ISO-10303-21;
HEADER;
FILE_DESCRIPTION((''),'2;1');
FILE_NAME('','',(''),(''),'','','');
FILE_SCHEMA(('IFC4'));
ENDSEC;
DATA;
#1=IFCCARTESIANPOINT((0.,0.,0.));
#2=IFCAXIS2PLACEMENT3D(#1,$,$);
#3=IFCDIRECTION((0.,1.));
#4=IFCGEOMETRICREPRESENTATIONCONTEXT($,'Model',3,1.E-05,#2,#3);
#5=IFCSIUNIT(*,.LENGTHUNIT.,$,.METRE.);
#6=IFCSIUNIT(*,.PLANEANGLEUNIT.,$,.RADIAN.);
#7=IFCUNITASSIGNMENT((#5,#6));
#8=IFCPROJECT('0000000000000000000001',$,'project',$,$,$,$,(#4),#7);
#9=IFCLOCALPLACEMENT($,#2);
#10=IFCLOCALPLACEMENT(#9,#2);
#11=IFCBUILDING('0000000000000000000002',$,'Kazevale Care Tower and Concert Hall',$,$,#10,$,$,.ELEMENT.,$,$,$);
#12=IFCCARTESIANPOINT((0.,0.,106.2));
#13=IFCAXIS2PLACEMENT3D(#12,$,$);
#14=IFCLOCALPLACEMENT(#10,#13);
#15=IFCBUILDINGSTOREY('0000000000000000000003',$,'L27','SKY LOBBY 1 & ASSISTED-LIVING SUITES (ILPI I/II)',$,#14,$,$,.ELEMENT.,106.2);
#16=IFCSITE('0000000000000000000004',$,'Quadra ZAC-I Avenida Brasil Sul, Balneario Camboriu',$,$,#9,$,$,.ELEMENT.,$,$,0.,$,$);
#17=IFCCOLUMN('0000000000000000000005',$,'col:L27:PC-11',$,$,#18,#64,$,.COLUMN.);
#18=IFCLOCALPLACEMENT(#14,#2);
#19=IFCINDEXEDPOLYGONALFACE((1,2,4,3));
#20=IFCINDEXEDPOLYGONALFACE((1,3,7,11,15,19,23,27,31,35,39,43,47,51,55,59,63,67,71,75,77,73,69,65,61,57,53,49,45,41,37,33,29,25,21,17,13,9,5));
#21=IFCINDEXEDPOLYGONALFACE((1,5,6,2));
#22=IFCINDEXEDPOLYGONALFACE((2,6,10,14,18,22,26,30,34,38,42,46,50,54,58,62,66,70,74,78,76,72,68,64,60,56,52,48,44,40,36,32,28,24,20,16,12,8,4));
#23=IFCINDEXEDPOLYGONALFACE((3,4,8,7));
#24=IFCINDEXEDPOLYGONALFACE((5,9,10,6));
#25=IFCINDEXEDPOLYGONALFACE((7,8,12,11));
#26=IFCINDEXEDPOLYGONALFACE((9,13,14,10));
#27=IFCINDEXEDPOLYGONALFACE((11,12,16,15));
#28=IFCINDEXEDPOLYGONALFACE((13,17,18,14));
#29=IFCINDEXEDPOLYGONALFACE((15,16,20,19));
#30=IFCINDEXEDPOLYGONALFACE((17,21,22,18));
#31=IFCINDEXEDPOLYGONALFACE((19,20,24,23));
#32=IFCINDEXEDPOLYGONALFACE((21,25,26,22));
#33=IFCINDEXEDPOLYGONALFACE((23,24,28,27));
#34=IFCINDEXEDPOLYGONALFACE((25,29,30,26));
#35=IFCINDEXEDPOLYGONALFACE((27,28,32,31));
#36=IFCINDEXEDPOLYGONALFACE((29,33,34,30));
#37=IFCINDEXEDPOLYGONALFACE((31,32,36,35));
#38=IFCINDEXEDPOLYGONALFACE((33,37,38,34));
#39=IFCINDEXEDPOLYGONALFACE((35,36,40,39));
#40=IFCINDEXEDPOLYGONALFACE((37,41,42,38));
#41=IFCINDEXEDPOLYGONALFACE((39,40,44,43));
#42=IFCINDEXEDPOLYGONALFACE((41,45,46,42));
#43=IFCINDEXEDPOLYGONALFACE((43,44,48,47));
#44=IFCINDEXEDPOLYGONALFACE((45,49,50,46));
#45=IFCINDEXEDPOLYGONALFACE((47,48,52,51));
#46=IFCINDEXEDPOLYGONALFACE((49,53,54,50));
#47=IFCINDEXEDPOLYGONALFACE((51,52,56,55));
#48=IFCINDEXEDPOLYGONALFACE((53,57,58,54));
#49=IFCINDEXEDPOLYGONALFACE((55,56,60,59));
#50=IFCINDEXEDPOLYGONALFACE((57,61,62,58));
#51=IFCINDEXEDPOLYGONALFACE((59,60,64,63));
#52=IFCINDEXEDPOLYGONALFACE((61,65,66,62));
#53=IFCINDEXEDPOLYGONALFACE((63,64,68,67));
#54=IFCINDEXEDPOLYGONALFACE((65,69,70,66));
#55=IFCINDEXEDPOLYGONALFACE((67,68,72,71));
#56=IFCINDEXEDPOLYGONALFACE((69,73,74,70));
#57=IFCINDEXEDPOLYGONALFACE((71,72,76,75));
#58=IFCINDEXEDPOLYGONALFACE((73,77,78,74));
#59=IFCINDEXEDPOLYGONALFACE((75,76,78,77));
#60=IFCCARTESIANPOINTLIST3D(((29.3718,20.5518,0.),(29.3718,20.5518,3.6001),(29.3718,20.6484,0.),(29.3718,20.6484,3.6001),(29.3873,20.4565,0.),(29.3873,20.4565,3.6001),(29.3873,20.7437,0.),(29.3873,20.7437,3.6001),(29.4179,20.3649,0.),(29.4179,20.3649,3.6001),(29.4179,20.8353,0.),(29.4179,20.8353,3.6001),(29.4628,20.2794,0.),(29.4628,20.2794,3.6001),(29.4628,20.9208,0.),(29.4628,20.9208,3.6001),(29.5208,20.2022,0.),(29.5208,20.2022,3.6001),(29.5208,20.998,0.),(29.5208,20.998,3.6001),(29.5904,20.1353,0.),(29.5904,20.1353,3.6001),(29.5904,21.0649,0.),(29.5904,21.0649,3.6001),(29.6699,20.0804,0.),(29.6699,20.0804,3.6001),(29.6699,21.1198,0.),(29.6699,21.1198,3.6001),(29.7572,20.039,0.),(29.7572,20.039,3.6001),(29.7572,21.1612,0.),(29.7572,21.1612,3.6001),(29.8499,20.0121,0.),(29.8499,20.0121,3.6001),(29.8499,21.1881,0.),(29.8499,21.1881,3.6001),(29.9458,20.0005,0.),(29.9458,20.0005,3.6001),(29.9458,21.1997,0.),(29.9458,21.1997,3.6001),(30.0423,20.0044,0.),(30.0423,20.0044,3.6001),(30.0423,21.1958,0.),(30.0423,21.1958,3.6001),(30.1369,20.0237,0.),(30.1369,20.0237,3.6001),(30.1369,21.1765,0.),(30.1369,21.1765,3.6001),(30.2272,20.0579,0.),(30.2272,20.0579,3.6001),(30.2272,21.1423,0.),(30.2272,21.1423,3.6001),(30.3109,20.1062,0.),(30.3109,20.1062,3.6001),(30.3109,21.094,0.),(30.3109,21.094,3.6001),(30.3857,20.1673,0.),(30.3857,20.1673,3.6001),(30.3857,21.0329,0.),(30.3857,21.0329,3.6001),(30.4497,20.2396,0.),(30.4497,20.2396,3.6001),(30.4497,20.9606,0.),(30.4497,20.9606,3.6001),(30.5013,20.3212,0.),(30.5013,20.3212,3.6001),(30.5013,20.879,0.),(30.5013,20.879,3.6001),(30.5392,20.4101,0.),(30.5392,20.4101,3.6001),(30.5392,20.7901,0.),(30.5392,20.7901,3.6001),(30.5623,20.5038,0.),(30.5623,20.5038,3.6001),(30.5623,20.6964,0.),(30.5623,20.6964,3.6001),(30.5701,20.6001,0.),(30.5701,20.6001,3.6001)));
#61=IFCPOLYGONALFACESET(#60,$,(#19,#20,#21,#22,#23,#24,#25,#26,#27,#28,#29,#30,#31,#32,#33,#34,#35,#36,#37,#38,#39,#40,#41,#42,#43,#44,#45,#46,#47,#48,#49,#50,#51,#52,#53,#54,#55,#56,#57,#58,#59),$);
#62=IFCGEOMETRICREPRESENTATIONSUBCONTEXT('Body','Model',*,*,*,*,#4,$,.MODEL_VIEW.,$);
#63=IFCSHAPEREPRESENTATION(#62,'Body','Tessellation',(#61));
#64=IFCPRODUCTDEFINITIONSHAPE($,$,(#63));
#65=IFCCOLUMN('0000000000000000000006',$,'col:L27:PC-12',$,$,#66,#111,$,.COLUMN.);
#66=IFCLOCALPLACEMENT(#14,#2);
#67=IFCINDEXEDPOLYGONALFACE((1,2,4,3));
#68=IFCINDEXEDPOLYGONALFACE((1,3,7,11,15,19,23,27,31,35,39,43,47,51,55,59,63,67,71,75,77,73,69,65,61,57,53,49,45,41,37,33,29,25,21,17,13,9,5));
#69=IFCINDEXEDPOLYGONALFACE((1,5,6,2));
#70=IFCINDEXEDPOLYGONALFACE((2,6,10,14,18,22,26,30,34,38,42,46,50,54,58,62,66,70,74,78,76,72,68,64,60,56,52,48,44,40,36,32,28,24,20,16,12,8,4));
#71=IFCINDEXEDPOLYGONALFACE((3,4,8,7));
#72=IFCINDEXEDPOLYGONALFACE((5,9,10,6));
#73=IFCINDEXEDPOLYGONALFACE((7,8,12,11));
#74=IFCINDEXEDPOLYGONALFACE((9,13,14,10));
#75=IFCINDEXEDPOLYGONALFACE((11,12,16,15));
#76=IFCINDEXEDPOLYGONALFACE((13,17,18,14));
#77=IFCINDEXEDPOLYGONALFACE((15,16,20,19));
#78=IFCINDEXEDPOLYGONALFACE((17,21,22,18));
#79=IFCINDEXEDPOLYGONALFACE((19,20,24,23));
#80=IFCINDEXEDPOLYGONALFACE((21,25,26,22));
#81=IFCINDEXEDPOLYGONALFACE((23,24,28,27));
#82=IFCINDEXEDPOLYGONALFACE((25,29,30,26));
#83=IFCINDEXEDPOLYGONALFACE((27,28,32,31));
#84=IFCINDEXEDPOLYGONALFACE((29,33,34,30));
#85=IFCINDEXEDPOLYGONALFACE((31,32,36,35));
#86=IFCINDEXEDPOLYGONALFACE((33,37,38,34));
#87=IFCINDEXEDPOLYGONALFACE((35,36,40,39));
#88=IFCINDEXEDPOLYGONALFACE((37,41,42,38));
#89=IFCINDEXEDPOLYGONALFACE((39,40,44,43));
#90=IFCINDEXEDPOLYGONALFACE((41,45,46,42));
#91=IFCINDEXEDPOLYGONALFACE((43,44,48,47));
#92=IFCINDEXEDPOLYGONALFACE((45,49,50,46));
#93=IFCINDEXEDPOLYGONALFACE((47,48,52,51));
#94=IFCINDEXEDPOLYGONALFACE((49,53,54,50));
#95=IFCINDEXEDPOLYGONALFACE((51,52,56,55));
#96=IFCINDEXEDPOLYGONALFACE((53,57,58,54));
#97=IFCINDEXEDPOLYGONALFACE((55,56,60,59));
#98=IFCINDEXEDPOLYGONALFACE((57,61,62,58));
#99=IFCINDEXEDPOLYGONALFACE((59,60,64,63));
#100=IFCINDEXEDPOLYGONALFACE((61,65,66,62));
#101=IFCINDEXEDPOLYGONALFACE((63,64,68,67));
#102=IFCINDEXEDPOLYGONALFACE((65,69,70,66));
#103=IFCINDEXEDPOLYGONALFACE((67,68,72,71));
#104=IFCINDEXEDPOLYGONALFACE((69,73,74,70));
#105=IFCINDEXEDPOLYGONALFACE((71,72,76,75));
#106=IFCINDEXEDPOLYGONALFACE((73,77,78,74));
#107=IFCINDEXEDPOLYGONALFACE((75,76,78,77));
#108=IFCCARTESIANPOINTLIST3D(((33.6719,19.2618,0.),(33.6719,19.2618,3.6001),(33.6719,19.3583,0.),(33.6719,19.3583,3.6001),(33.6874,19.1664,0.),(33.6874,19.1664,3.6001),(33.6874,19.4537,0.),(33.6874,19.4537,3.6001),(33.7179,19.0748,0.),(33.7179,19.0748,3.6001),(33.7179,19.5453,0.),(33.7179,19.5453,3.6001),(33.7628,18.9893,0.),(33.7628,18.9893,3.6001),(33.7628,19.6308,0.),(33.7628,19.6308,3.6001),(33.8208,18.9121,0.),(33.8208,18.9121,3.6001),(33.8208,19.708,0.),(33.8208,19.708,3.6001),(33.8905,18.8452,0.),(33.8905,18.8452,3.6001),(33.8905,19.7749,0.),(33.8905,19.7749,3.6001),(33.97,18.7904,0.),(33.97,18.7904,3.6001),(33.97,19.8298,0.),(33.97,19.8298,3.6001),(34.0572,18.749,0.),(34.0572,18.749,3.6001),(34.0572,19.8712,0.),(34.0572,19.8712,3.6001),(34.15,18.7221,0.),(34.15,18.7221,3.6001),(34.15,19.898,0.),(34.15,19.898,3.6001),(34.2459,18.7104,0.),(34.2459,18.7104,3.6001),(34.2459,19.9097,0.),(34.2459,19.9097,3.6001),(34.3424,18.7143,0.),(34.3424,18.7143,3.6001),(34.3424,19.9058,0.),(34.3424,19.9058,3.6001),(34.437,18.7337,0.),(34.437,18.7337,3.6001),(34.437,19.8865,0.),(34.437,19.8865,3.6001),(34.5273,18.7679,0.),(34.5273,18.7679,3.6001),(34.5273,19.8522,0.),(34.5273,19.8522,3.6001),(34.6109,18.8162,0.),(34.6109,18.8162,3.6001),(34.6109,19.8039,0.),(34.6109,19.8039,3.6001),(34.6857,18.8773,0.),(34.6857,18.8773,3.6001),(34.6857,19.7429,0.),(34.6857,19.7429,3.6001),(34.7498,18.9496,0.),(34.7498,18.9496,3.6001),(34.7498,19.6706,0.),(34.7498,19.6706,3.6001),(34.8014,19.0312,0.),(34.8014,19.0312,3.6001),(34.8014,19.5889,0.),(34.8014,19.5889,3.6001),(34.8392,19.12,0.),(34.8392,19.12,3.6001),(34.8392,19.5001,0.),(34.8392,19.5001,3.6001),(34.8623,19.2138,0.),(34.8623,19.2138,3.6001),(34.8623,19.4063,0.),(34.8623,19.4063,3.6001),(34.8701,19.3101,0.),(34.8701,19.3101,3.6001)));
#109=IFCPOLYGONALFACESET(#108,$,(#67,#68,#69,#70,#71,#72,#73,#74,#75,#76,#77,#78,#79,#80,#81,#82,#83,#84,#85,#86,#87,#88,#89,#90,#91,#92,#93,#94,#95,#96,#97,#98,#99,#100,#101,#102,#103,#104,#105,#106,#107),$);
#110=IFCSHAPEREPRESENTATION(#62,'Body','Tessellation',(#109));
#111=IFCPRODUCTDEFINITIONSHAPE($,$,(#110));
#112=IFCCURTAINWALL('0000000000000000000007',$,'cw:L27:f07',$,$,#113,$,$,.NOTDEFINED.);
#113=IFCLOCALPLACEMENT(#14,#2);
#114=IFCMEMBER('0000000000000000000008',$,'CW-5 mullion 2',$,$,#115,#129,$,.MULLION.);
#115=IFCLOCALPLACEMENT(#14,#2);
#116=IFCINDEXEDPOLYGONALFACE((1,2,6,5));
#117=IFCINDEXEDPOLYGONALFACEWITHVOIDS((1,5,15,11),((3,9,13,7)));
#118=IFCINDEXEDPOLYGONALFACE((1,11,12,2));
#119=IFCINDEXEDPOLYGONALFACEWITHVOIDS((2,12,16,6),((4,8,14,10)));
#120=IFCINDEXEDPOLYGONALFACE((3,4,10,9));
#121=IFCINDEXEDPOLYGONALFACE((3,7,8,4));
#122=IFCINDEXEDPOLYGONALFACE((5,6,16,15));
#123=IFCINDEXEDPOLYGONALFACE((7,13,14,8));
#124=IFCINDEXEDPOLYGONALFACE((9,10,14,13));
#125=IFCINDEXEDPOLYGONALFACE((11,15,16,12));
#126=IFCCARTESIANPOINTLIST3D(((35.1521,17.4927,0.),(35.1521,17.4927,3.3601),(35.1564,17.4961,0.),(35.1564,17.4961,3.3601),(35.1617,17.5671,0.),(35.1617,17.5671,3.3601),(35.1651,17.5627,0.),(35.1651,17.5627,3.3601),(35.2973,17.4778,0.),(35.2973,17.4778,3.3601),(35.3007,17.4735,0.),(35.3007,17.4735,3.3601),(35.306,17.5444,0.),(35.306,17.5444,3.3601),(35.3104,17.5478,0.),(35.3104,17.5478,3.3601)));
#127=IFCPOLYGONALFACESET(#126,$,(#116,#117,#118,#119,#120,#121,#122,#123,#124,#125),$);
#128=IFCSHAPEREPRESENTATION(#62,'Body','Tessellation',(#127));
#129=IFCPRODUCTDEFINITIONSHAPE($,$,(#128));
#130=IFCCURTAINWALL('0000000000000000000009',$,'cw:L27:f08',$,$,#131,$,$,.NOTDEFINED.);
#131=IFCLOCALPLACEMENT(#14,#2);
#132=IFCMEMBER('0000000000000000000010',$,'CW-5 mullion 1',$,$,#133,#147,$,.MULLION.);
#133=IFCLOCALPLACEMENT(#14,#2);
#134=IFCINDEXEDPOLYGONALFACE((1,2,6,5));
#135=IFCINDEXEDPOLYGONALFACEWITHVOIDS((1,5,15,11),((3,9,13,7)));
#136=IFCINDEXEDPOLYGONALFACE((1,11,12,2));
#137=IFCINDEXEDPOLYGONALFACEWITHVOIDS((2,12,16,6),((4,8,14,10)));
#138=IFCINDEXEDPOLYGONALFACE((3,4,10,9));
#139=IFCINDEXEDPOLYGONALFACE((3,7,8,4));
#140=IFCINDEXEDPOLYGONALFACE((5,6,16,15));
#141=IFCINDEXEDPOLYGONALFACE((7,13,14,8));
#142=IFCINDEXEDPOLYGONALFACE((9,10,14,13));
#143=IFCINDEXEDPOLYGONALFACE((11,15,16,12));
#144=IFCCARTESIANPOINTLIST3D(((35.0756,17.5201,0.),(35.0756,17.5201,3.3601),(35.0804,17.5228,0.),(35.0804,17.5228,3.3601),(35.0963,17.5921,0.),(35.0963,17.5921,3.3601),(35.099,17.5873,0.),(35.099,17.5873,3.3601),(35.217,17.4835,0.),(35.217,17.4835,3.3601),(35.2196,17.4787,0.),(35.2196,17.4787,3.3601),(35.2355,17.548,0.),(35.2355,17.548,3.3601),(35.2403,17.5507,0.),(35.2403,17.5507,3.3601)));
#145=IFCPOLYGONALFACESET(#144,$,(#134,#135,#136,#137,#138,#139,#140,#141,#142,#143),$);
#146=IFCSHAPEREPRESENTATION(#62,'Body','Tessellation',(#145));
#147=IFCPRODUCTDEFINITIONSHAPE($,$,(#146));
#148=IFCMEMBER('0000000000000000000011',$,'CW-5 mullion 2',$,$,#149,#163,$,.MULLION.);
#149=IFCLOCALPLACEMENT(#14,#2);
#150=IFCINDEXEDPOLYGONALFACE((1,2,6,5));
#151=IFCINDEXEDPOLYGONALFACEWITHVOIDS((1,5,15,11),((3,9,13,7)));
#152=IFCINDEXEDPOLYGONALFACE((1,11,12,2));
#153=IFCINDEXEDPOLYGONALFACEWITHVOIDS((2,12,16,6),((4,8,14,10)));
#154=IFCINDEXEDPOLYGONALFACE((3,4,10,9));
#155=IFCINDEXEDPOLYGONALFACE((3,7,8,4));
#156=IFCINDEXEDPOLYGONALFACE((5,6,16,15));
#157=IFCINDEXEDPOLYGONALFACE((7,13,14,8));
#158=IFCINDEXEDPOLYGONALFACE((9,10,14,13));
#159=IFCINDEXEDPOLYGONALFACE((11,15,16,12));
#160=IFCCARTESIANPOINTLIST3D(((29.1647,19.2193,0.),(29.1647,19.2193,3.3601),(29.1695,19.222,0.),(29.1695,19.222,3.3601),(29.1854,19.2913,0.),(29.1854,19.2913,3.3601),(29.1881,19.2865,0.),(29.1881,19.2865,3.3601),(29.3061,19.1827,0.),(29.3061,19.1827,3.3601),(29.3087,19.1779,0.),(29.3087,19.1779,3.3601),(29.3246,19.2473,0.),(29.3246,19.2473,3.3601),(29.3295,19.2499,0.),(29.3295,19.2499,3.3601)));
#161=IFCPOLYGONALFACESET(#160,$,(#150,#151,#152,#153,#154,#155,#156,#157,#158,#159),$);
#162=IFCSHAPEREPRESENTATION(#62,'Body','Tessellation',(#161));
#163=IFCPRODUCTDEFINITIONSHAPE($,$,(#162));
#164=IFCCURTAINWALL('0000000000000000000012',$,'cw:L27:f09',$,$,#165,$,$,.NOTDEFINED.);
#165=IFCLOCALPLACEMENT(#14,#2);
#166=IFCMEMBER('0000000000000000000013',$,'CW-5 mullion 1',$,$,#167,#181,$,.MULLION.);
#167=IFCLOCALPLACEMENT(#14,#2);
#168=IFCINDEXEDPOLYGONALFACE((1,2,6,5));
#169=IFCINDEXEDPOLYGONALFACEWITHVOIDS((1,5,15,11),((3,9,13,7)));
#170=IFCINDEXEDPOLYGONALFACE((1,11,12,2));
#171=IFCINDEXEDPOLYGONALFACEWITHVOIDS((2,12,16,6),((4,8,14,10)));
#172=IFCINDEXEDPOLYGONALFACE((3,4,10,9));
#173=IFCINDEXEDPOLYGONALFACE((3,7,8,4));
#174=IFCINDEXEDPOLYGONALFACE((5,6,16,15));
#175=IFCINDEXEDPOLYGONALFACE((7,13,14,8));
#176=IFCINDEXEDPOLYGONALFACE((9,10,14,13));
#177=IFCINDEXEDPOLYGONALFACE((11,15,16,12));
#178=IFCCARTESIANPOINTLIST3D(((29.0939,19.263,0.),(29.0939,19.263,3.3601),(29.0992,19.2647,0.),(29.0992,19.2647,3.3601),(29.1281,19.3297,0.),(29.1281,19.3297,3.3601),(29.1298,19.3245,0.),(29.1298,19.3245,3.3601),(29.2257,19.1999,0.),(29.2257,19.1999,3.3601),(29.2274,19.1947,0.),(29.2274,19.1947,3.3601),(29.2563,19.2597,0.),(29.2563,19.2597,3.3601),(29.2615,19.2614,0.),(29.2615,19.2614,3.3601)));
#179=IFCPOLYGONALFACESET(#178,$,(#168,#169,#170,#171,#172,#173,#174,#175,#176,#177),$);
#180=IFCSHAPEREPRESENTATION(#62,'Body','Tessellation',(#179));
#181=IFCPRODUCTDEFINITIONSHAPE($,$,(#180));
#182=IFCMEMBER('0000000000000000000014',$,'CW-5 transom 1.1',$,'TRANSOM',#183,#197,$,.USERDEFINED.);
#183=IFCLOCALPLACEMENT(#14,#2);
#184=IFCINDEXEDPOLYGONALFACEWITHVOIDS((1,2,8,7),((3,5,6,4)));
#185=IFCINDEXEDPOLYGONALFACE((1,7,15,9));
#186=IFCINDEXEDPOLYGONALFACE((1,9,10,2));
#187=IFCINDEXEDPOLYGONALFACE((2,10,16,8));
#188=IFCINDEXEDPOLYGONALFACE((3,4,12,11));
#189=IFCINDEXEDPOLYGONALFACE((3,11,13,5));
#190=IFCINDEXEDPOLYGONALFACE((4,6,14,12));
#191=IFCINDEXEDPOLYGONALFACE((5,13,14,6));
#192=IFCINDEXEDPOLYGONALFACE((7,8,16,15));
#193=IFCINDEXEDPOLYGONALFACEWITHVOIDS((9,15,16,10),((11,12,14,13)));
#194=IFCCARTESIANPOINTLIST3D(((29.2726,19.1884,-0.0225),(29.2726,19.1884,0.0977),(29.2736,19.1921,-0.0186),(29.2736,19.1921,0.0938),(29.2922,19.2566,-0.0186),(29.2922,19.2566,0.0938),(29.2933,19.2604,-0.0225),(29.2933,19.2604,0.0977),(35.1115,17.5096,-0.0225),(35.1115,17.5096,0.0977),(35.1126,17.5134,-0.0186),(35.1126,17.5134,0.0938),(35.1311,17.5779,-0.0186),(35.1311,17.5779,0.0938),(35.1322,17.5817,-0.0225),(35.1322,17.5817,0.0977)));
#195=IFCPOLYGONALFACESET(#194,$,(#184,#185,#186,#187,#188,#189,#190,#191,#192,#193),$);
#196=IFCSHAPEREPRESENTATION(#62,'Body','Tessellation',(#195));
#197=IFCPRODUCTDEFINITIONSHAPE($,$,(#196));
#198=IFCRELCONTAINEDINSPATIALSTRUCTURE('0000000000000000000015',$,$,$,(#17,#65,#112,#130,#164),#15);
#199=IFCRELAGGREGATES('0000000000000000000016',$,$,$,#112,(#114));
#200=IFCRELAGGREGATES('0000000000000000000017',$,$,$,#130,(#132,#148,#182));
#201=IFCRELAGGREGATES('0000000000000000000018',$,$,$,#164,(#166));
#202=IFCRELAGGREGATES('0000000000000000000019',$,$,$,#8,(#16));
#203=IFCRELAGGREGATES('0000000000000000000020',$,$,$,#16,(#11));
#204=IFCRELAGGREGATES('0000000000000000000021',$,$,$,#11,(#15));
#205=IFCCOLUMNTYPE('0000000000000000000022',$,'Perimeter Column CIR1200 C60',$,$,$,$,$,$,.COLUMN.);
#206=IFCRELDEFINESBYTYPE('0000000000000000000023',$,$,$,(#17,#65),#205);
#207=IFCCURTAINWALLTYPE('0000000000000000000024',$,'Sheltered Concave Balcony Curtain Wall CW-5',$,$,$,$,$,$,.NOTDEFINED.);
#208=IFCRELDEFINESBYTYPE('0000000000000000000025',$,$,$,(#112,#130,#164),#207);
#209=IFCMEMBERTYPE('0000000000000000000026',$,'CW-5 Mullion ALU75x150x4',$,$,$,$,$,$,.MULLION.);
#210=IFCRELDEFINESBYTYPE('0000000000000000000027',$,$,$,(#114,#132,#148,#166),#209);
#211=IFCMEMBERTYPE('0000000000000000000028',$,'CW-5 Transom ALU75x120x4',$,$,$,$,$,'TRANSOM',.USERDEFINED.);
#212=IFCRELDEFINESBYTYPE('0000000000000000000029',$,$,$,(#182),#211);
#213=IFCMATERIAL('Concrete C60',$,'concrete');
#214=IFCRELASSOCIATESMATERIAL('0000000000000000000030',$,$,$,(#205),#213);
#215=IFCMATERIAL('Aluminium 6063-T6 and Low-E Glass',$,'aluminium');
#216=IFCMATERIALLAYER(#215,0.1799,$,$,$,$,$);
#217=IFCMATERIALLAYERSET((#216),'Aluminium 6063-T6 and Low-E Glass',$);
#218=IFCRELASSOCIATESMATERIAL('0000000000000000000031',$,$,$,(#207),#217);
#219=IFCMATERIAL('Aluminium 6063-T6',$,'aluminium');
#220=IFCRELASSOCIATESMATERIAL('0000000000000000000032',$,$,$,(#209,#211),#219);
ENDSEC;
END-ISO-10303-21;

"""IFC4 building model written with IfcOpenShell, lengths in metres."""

from ifc_helpers import new_model, si_unit, direction, frame, origin, origin_2d, place, context, subcontext, project, spatial, hollow_rectangle, circle, extrude, material, layer, layer_set, material_profile, profile_set, type_object, element, aggregate, save


model = new_model("IFC4")

# Units and contexts
model_context = context("Model", 3, precision=1e-05, world=origin(), true_north=direction((0.0, 1.0)))
body_context = subcontext(model_context, "Body", "Model", "MODEL_VIEW")
ifc_project = project(units=[si_unit("LENGTHUNIT", "METRE"), si_unit("PLANEANGLEUNIT", "RADIAN")], contexts=[model_context])

# Site, building, storey
site_placement = place(None, origin())
site = spatial("IfcSite", under=ifc_project, at=site_placement, Name="Quadra ZAC-I Avenida Brasil Sul, Balneario Camboriu", CompositionType="ELEMENT", RefElevation=0.0)
building_placement = place(site_placement, origin())
building = spatial("IfcBuilding", under=site, at=building_placement, Name="Kazevale Care Tower and Concert Hall", CompositionType="ELEMENT")
storey_placement = place(building_placement, frame((0.0, 0.0, 106.2)))
storey = spatial("IfcBuildingStorey", under=building, at=storey_placement, Name="L27", Description="SKY LOBBY 1 & ASSISTED-LIVING SUITES (ILPI I/II)", CompositionType="ELEMENT", Elevation=106.2)

# Columns
ifc_material_1 = material(Name="Concrete C60", Category="concrete")
ifc_material_profile_1 = material_profile(ifc_material_1, circle(Radius=0.6001, at=origin_2d()), Name="RC-CIR1200")
ifc_profile_set_1 = profile_set([ifc_material_profile_1], Name="Concrete C60")
column_type = type_object("IfcColumnType", Name="Perimeter Column CIR1200 C60", PredefinedType="COLUMN", material=ifc_profile_set_1)
for number, where, z_axis, x_axis, name in (
    (1, (29.97, 20.6001, 0.0), (0.0, 0.0, 1.0), (1.0, 0.0, 0.0), "col:L27:PC-11"),
    (2, (34.27, 19.3101, 0.0), (0.0, 0.0, 1.0), (1.0, 0.0, 0.0), "col:L27:PC-12"),
):
    element("IfcColumn", number, at=place(storey_placement, frame(where, z_axis=z_axis, x_axis=x_axis)), inside=storey, type_object=column_type, Name=name, PredefinedType="COLUMN", context=body_context, shape_type="SweptSolid", body=[
        extrude(circle(Radius=0.6001, at=origin_2d()), origin(), (0.0, 0.0, 1.0), 3.6001),
    ])

# Curtain wall, member
ifc_material_2 = material(Name="Aluminium 6063-T6 and Low-E Glass", Category="aluminium")
ifc_layer_1 = layer(ifc_material_2, 0.1799)
ifc_layer_set_1 = layer_set([ifc_layer_1], Name="Aluminium 6063-T6 and Low-E Glass")
curtain_wall_type = type_object("IfcCurtainWallType", Name="Sheltered Concave Balcony Curtain Wall CW-5", PredefinedType="NOTDEFINED", material=ifc_layer_set_1)
curtain_wall_1_placement = place(storey_placement, origin())
curtain_wall_1 = element("IfcCurtainWall", 3, at=curtain_wall_1_placement, inside=storey, type_object=curtain_wall_type, Name="cw:L27:f07", PredefinedType="NOTDEFINED")
ifc_material_3 = material(Name="Aluminium 6063-T6", Category="aluminium")
ifc_material_profile_2 = material_profile(ifc_material_3, hollow_rectangle(XDim=0.075, YDim=0.1499, WallThickness=0.0039, at=origin_2d()), Name="ALU75x150x4")
ifc_profile_set_2 = profile_set([ifc_material_profile_2], Name="Aluminium 6063-T6")
member_type_1 = type_object("IfcMemberType", Name="CW-5 Mullion ALU75x150x4", PredefinedType="MULLION", material=ifc_profile_set_2)
member_1_placement = place(storey_placement, frame((35.2312, 17.5203, 0.0), z_axis=(0.0, 0.0, 1.0), x_axis=(-0.128685, -0.991686, 0.0)))
member_1 = element("IfcMember", 4, at=member_1_placement, type_object=member_type_1, Name="CW-5 mullion 2", PredefinedType="MULLION", context=body_context, shape_type="SweptSolid", body=[
    extrude(hollow_rectangle(XDim=0.075, YDim=0.1499, WallThickness=0.0039, at=origin_2d()), origin(), (0.0, 0.0, 1.0), 3.3601),
])
aggregate(curtain_wall_1, [member_1])

# Curtain wall, members
curtain_wall_2_placement = place(storey_placement, origin())
curtain_wall_2 = element("IfcCurtainWall", 5, at=curtain_wall_2_placement, inside=storey, type_object=curtain_wall_type, Name="cw:L27:f08", PredefinedType="NOTDEFINED")
member_2_placement = place(storey_placement, frame((35.158, 17.5354, 0.0), z_axis=(0.0, 0.0, 1.0), x_axis=(-0.276291, -0.961074, 0.0)))
member_2 = element("IfcMember", 6, at=member_2_placement, type_object=member_type_1, Name="CW-5 mullion 1", PredefinedType="MULLION", context=body_context, shape_type="SweptSolid", body=[
    extrude(hollow_rectangle(XDim=0.075, YDim=0.1499, WallThickness=0.0039, at=origin_2d()), origin(), (0.0, 0.0, 1.0), 3.3601),
])
member_3_placement = place(storey_placement, frame((29.2471, 19.2346, 0.0), z_axis=(0.0, 0.0, 1.0), x_axis=(-0.276291, -0.961074, 0.0)))
member_3 = element("IfcMember", 7, at=member_3_placement, type_object=member_type_1, Name="CW-5 mullion 2", PredefinedType="MULLION", context=body_context, shape_type="SweptSolid", body=[
    extrude(hollow_rectangle(XDim=0.075, YDim=0.1499, WallThickness=0.0039, at=origin_2d()), origin(), (0.0, 0.0, 1.0), 3.3601),
])

# Curtain wall, member
curtain_wall_3_placement = place(storey_placement, origin())
curtain_wall_3 = element("IfcCurtainWall", 8, at=curtain_wall_3_placement, inside=storey, type_object=curtain_wall_type, Name="cw:L27:f09", PredefinedType="NOTDEFINED")
member_4_placement = place(storey_placement, frame((29.1777, 19.2622, 0.0), z_axis=(0.0, 0.0, 1.0), x_axis=(-0.455713, -0.890127, 0.0)))
member_4 = element("IfcMember", 9, at=member_4_placement, type_object=member_type_1, Name="CW-5 mullion 1", PredefinedType="MULLION", context=body_context, shape_type="SweptSolid", body=[
    extrude(hollow_rectangle(XDim=0.075, YDim=0.1499, WallThickness=0.0039, at=origin_2d()), origin(), (0.0, 0.0, 1.0), 3.3601),
])

# Member
ifc_material_profile_3 = material_profile(ifc_material_3, hollow_rectangle(XDim=0.075, YDim=0.1201, WallThickness=0.0039, at=origin_2d()), Name="ALU75x120x4")
ifc_profile_set_3 = profile_set([ifc_material_profile_3], Name="Aluminium 6063-T6")
member_type_2 = type_object("IfcMemberType", Name="CW-5 Transom ALU75x120x4", ElementType="TRANSOM", PredefinedType="USERDEFINED", material=ifc_profile_set_3)
member_5_placement = place(storey_placement, frame((35.1218, 17.5457, 0.0376), z_axis=(-0.961068, 0.276313, 0.0), x_axis=(-0.276313, -0.961068, 0.0)))
member_5 = element("IfcMember", 10, at=member_5_placement, type_object=member_type_2, Name="CW-5 transom 1.1", ObjectType="TRANSOM", PredefinedType="USERDEFINED", context=body_context, shape_type="SweptSolid", body=[
    extrude(hollow_rectangle(XDim=0.075, YDim=0.1201, WallThickness=0.0039, at=origin_2d()), origin(), (0.0, 0.0, 1.0), 6.0754),
])

aggregate(curtain_wall_2, [member_2, member_3, member_5])
aggregate(curtain_wall_3, [member_4])

save(model, "model.ifc")
